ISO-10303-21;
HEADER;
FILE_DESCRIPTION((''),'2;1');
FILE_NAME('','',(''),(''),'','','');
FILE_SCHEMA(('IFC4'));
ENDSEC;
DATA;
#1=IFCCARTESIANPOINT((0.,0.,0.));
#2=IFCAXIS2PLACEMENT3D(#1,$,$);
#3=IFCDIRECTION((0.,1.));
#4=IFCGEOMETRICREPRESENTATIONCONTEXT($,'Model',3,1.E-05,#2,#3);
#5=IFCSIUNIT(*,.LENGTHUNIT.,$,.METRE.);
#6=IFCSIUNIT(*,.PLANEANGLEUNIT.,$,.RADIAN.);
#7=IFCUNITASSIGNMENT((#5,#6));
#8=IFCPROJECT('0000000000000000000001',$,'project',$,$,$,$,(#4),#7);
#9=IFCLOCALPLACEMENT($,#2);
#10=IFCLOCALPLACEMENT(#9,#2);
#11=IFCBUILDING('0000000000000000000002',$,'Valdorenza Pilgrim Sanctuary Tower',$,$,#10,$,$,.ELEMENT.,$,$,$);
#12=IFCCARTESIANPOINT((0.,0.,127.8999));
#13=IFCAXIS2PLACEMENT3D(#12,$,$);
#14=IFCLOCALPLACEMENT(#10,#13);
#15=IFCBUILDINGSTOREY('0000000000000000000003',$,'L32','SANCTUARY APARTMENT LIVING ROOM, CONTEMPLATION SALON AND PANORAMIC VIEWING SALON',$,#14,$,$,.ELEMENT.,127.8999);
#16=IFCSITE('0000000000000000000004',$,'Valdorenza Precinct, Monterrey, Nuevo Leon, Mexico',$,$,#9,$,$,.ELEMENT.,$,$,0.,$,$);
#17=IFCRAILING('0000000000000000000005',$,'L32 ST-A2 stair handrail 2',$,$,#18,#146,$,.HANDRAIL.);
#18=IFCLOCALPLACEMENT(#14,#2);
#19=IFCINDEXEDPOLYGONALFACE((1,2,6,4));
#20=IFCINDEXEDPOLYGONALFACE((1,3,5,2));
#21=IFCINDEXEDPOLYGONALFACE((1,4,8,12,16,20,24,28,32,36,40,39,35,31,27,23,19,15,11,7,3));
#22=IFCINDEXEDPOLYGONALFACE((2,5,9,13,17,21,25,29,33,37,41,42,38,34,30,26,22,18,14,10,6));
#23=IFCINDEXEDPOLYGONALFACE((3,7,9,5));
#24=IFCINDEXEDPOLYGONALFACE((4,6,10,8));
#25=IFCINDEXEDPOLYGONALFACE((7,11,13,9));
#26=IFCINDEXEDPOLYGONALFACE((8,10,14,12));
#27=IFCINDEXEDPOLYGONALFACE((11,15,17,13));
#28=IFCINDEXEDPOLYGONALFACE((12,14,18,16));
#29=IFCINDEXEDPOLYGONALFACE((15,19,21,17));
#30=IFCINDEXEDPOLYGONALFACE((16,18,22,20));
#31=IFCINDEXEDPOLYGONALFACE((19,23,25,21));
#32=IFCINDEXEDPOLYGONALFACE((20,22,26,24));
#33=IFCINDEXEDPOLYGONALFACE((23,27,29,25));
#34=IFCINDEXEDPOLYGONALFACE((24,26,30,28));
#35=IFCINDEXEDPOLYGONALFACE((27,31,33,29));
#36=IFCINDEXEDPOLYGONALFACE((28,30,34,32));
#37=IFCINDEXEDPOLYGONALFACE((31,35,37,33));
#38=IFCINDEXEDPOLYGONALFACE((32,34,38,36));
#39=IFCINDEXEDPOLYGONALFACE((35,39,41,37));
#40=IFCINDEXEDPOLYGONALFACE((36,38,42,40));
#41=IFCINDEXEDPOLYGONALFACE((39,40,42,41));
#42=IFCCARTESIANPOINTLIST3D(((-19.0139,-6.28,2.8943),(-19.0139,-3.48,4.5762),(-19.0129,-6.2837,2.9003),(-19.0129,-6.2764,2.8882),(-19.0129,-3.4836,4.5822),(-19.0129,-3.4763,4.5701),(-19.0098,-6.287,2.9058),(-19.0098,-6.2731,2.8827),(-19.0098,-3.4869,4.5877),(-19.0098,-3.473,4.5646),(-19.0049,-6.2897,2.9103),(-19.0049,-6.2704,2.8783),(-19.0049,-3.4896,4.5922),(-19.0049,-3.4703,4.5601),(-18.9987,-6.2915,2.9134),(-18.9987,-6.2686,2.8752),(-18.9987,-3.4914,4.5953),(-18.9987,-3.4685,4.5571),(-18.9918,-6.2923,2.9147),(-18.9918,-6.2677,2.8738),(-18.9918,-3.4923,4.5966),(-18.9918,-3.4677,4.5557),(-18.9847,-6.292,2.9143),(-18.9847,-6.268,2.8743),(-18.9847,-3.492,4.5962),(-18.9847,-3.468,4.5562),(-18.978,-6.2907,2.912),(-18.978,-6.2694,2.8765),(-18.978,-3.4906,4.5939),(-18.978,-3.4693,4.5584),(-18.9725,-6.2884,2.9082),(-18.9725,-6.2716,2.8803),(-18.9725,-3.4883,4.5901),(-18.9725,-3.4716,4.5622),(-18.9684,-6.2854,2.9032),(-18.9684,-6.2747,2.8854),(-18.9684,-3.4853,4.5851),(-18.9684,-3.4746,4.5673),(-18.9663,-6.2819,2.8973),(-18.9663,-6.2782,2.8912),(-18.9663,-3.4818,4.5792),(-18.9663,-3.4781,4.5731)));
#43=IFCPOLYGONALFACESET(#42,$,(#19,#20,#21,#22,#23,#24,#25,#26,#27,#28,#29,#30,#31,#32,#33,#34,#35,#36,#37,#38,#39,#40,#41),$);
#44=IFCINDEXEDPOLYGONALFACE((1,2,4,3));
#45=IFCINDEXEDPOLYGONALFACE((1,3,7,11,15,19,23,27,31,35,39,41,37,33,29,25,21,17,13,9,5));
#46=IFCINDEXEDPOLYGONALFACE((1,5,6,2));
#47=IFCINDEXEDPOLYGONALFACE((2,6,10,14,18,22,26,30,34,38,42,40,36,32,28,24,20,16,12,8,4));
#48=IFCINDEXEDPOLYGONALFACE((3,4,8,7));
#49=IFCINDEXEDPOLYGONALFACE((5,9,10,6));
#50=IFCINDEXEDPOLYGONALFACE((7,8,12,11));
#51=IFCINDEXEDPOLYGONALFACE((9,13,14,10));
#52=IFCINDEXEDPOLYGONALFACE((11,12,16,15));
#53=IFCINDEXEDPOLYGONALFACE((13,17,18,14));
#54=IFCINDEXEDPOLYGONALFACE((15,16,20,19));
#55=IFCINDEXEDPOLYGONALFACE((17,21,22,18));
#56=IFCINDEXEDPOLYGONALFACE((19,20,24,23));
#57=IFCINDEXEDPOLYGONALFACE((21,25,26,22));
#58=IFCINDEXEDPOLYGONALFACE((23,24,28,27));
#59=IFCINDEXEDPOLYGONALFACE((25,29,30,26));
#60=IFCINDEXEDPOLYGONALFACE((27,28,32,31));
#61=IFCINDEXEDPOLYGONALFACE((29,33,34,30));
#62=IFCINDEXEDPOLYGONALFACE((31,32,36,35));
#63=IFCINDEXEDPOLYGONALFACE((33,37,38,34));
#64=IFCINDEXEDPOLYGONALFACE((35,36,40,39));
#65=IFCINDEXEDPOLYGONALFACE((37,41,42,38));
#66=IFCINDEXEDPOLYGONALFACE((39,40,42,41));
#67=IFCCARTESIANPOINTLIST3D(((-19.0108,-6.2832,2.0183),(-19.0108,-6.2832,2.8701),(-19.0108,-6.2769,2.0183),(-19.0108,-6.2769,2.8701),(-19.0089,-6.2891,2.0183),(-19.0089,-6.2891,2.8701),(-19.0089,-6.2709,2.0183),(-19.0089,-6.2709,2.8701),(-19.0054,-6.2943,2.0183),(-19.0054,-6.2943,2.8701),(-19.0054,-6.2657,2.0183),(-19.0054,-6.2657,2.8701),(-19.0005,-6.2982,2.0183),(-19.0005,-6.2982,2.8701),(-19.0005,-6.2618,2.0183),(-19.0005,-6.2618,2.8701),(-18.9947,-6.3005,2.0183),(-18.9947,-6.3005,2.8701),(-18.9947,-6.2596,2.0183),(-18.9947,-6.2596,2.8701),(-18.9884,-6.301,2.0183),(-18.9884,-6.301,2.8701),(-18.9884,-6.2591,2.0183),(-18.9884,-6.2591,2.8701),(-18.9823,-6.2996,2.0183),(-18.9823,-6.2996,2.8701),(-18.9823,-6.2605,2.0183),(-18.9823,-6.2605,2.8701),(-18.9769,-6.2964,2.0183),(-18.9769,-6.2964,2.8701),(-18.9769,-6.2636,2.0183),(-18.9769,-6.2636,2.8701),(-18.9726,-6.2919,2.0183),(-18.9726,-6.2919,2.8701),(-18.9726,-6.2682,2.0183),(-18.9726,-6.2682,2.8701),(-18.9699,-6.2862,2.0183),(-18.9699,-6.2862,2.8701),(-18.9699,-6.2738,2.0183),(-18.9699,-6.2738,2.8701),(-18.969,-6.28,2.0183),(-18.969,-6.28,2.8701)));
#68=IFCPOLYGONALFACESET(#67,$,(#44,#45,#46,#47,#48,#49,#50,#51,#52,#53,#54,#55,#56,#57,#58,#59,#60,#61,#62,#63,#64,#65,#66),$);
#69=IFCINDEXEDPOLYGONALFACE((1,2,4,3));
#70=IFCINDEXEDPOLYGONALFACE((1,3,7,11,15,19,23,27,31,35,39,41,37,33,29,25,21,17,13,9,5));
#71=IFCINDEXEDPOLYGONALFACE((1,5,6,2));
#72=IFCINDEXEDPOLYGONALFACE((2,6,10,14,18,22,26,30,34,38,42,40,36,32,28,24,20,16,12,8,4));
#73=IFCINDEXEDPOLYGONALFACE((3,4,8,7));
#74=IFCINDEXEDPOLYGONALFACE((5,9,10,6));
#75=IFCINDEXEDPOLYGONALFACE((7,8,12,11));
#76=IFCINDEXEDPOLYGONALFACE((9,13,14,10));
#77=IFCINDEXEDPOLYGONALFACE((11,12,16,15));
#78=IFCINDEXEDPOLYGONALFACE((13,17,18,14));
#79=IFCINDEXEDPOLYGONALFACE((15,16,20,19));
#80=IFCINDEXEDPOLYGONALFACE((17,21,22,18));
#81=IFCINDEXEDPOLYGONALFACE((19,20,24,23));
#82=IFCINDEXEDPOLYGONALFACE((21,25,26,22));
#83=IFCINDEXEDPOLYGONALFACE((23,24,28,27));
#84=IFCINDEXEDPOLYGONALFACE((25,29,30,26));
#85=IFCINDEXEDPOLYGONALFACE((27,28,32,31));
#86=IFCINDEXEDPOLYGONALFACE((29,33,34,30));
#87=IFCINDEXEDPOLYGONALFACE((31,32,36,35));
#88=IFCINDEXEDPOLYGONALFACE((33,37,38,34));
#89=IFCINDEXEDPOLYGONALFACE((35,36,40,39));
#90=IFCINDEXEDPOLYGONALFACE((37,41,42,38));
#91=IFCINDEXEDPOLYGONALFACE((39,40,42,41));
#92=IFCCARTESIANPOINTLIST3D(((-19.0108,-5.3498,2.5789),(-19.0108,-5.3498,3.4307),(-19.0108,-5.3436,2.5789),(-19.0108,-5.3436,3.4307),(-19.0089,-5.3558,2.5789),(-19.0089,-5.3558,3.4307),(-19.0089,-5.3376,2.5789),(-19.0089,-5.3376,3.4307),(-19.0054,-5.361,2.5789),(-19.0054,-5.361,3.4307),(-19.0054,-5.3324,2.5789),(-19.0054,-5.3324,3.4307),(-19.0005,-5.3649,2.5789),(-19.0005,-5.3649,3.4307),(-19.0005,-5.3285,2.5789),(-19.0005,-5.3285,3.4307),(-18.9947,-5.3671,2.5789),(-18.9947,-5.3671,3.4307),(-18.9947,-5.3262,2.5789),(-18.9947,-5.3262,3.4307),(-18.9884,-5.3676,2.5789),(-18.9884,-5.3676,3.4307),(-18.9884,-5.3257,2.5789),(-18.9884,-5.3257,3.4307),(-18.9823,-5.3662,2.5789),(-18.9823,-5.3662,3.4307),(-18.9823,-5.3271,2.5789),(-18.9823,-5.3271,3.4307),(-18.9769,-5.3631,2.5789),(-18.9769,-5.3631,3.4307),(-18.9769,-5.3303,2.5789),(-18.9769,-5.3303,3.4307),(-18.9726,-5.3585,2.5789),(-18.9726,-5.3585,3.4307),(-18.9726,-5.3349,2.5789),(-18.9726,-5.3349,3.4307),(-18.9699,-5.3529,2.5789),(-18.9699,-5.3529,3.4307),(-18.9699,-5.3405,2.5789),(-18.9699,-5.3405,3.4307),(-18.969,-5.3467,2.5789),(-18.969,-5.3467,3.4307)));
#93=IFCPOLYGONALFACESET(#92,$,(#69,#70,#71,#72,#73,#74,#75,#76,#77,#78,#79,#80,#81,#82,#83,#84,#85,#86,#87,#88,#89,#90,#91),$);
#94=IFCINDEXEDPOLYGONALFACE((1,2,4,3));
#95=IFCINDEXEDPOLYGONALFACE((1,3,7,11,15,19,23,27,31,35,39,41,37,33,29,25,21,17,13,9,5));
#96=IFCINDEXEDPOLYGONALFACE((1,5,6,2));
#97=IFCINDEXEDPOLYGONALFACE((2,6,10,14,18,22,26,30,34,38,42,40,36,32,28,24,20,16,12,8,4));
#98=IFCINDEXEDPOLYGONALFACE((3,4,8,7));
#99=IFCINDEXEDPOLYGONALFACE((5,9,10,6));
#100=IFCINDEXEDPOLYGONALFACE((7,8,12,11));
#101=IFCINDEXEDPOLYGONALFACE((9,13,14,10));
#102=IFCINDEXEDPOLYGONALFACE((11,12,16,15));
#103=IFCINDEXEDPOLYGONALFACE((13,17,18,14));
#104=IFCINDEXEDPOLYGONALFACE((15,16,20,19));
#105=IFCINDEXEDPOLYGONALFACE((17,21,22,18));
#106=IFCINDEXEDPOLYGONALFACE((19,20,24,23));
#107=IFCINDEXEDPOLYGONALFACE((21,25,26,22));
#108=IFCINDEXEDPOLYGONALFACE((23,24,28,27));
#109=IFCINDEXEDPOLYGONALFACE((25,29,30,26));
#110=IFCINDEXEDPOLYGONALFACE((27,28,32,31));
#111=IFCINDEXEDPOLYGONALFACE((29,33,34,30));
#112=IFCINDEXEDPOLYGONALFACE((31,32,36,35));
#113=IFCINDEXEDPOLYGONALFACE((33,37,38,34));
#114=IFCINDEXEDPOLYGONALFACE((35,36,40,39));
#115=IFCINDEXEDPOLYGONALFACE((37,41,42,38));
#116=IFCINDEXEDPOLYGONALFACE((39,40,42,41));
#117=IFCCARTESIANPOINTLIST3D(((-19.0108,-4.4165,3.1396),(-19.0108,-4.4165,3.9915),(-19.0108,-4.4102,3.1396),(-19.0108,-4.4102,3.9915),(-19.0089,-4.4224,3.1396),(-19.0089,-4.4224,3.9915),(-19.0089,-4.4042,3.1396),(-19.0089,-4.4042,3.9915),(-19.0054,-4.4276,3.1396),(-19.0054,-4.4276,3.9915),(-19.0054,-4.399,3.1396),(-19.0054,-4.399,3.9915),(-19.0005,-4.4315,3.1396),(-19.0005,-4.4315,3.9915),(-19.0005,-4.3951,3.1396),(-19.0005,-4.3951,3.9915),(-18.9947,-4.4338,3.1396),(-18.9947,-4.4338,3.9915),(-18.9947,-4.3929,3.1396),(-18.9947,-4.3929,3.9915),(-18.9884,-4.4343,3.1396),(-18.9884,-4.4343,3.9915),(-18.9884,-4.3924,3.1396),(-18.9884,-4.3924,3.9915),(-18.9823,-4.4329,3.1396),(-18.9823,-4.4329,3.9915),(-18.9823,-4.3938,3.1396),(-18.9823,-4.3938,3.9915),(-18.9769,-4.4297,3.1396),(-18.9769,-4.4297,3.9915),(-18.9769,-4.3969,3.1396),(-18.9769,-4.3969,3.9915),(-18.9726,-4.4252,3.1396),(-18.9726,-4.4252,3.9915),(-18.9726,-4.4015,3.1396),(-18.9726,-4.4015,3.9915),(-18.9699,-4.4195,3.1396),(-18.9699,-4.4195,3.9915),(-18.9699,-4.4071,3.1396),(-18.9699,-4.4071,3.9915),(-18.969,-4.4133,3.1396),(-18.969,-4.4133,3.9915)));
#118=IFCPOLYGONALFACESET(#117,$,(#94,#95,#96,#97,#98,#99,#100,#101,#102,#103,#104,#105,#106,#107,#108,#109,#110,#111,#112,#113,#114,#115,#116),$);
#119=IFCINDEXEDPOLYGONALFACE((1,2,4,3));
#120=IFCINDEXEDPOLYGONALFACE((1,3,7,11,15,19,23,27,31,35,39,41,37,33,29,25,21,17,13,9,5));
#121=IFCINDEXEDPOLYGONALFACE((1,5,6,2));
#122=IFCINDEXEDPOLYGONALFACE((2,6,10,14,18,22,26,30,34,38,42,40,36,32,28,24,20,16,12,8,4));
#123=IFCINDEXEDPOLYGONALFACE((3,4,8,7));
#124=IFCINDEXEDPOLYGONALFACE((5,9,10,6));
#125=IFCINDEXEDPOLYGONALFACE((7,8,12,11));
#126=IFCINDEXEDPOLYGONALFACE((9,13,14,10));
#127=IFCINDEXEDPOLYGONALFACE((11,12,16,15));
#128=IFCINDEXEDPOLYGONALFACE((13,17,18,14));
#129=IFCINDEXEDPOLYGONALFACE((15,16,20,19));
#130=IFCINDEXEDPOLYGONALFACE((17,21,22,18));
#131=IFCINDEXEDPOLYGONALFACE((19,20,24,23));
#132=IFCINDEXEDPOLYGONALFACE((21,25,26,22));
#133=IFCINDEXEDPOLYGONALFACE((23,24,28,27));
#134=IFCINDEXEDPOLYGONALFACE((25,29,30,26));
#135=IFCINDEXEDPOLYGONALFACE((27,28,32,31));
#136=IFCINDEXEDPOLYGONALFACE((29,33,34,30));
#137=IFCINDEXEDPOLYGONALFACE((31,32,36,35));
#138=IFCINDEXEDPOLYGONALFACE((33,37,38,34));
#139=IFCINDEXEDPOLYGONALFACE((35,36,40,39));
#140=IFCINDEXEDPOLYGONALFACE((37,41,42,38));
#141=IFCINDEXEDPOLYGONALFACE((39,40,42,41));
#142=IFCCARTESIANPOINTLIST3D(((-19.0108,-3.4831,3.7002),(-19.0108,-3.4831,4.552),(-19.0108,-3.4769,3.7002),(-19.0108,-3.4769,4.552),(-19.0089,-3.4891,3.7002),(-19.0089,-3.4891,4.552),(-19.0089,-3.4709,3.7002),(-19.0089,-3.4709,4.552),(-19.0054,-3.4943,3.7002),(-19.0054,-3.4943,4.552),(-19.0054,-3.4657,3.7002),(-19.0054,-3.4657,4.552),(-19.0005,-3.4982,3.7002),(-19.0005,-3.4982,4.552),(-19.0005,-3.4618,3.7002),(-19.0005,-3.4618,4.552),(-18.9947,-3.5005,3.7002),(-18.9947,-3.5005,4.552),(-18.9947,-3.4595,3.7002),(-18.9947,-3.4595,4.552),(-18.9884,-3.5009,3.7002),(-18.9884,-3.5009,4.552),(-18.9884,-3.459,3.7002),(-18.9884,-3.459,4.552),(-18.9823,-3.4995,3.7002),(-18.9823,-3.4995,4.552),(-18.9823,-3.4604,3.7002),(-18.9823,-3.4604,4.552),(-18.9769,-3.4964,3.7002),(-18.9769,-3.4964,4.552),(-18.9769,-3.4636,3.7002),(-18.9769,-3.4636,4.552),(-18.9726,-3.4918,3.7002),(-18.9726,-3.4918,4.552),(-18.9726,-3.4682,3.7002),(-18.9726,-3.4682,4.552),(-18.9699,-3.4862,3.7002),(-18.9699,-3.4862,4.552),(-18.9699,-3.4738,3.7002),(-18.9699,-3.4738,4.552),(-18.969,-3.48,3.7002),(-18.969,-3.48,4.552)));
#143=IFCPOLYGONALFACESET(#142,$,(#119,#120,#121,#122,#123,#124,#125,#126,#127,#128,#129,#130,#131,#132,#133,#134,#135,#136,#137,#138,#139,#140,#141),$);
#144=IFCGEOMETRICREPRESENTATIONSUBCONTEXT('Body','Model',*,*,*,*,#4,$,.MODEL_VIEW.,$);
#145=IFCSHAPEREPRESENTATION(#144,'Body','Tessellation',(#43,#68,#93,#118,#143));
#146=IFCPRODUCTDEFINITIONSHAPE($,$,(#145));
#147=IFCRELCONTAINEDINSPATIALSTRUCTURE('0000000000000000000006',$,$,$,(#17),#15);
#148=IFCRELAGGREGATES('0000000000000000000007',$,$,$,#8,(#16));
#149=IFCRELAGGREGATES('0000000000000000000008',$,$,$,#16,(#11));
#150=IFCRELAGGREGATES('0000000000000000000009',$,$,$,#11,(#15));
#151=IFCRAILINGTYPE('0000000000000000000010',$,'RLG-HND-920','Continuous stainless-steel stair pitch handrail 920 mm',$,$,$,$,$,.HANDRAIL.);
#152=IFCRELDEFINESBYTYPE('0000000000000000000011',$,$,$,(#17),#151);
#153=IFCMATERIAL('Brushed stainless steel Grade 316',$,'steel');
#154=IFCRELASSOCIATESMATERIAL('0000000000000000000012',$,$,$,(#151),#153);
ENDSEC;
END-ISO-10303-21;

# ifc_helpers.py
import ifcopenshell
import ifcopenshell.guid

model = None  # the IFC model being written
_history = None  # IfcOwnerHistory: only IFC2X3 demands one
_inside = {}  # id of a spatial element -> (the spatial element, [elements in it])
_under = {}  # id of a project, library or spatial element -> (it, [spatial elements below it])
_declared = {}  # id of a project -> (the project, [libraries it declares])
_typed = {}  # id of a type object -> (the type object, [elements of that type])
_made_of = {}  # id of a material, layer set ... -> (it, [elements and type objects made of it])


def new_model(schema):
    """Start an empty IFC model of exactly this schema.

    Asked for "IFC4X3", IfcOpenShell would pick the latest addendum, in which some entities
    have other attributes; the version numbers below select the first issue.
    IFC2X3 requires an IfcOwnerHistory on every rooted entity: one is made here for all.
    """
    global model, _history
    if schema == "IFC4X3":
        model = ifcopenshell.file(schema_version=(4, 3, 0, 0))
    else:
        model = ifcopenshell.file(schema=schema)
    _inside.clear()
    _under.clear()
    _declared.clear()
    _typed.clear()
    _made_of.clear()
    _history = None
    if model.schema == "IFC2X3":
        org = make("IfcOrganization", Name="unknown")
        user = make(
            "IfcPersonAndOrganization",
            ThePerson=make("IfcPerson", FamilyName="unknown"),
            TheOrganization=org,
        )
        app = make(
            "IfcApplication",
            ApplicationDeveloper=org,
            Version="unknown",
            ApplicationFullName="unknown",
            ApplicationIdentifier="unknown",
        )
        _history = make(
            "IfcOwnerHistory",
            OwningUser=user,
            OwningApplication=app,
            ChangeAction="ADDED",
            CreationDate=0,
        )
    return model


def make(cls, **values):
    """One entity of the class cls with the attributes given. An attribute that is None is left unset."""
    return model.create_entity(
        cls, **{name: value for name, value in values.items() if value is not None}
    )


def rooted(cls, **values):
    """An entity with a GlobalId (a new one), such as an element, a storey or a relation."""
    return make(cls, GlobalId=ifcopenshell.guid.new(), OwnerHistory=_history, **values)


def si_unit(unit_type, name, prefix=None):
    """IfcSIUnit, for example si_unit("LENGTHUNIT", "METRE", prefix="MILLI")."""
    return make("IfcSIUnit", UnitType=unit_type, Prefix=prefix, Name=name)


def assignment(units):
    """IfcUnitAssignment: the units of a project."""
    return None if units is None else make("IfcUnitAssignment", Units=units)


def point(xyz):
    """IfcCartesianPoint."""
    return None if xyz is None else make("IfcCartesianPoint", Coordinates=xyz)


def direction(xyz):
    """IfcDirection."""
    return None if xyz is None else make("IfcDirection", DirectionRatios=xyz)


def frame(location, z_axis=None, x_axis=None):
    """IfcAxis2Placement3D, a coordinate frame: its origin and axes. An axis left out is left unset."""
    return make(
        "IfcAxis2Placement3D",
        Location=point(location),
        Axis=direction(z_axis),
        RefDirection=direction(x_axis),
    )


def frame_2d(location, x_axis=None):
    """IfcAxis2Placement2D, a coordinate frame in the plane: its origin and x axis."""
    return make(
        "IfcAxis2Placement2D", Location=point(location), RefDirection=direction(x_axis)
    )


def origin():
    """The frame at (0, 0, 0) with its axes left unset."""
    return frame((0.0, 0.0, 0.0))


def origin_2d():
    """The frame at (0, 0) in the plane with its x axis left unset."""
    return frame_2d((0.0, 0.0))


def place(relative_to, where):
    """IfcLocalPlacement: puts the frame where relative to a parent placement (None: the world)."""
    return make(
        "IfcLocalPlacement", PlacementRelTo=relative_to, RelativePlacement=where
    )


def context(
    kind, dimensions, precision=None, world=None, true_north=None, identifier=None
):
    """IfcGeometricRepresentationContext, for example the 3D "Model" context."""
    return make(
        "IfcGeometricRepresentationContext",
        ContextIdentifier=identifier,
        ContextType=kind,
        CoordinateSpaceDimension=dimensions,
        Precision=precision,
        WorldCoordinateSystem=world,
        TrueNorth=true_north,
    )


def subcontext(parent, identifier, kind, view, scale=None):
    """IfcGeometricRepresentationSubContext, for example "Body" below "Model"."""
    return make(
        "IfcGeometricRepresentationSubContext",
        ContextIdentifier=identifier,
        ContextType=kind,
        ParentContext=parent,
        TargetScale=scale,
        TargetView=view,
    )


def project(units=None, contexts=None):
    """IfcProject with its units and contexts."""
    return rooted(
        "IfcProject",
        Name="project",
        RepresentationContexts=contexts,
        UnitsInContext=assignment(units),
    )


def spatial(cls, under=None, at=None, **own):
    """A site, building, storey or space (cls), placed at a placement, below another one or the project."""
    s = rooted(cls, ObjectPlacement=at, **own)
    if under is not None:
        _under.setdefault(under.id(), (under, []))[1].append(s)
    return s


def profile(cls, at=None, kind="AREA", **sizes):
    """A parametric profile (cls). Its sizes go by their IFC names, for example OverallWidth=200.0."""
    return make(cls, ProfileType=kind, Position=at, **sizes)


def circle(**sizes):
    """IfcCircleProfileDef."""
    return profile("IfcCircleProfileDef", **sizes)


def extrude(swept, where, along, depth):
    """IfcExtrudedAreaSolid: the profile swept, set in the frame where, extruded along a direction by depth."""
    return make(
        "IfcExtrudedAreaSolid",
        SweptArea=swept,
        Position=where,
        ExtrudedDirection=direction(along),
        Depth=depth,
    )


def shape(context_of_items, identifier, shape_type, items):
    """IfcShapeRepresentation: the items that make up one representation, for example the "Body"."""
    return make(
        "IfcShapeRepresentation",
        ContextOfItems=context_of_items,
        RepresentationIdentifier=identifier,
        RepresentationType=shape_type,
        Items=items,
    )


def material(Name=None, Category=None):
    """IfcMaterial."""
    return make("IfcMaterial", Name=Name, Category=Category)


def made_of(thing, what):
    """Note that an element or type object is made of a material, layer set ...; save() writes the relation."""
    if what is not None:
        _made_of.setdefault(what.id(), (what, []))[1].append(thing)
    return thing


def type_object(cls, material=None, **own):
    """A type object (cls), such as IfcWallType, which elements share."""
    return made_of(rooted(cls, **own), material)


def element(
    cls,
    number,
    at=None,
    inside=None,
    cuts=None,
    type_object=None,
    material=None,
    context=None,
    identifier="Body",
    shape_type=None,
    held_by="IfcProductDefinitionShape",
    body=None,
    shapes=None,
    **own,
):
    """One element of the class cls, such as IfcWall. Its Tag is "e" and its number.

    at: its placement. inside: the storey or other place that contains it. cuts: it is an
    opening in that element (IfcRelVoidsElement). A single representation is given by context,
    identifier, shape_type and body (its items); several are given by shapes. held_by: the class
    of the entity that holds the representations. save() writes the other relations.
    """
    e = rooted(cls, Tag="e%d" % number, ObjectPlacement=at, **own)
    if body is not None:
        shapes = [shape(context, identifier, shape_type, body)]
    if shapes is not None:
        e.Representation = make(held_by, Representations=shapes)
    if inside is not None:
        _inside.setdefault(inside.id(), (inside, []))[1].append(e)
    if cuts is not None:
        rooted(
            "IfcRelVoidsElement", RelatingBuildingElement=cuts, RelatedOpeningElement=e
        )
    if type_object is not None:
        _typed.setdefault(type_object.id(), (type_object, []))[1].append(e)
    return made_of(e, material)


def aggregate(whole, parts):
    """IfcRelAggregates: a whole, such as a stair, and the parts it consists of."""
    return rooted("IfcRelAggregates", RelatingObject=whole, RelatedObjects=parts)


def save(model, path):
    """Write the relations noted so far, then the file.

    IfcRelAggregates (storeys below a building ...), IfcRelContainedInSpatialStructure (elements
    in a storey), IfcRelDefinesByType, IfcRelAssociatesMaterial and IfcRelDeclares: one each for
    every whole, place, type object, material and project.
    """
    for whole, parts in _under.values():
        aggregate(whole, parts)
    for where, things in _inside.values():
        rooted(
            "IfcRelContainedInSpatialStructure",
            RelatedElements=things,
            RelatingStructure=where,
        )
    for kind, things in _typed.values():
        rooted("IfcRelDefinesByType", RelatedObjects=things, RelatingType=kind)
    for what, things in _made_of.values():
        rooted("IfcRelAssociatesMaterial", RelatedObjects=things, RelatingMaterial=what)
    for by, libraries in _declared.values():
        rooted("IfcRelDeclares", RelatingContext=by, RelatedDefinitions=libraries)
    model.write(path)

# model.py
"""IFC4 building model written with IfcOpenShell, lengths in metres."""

from ifc_helpers import new_model, si_unit, direction, frame, origin, origin_2d, place, context, subcontext, project, spatial, circle, extrude, material, type_object, element, save


model = new_model("IFC4")

# Units and contexts
model_context = context("Model", 3, precision=1e-05, world=origin(), true_north=direction((0.0, 1.0)))
body_context = subcontext(model_context, "Body", "Model", "MODEL_VIEW")
ifc_project = project(units=[si_unit("LENGTHUNIT", "METRE"), si_unit("PLANEANGLEUNIT", "RADIAN")], contexts=[model_context])

# Site, building, storey
site_placement = place(None, origin())
site = spatial("IfcSite", under=ifc_project, at=site_placement, Name="Valdorenza Precinct, Monterrey, Nuevo Leon, Mexico", CompositionType="ELEMENT", RefElevation=0.0)
building_placement = place(site_placement, origin())
building = spatial("IfcBuilding", under=site, at=building_placement, Name="Valdorenza Pilgrim Sanctuary Tower", CompositionType="ELEMENT")
storey_placement = place(building_placement, frame((0.0, 0.0, 127.8999)))
storey = spatial("IfcBuildingStorey", under=building, at=storey_placement, Name="L32", Description="SANCTUARY APARTMENT LIVING ROOM, CONTEMPLATION SALON AND PANORAMIC VIEWING SALON", CompositionType="ELEMENT", Elevation=127.8999)

# Shared definitions
ifc_material_1 = material(Name="Brushed stainless steel Grade 316", Category="steel")

# Railing
railing_type_1 = type_object("IfcRailingType", Name="RLG-HND-920", Description="Continuous stainless-steel stair pitch handrail 920 mm", PredefinedType="HANDRAIL", material=ifc_material_1)
railing_1_placement = place(storey_placement, frame((-18.99, -6.28, 2.0183)))
element("IfcRailing", 1, at=railing_1_placement, inside=storey, type_object=railing_type_1, Name="L32 ST-A2 stair handrail 2", PredefinedType="HANDRAIL", context=body_context, shape_type="SweptSolid", body=[
    extrude(circle(Radius=0.0239, at=origin_2d()), frame((0.0, 0.0, 0.876), z_axis=(0.0, 0.857242, 0.514913), x_axis=(-1.0, 0.0, 0.0)), (0.0, 0.0, 1.0), 3.2664),
    extrude(circle(Radius=0.021, at=origin_2d()), origin(), (0.0, 0.0, 1.0), 0.8518),
    extrude(circle(Radius=0.021, at=origin_2d()), frame((0.0, 0.9333, 0.5605)), (0.0, 0.0, 1.0), 0.8518),
    extrude(circle(Radius=0.021, at=origin_2d()), frame((0.0, 1.8667, 1.1213)), (0.0, 0.0, 1.0), 0.8518),
    extrude(circle(Radius=0.021, at=origin_2d()), frame((0.0, 2.8, 1.6819)), (0.0, 0.0, 1.0), 0.8518),
])

save(model, "model.ifc")
